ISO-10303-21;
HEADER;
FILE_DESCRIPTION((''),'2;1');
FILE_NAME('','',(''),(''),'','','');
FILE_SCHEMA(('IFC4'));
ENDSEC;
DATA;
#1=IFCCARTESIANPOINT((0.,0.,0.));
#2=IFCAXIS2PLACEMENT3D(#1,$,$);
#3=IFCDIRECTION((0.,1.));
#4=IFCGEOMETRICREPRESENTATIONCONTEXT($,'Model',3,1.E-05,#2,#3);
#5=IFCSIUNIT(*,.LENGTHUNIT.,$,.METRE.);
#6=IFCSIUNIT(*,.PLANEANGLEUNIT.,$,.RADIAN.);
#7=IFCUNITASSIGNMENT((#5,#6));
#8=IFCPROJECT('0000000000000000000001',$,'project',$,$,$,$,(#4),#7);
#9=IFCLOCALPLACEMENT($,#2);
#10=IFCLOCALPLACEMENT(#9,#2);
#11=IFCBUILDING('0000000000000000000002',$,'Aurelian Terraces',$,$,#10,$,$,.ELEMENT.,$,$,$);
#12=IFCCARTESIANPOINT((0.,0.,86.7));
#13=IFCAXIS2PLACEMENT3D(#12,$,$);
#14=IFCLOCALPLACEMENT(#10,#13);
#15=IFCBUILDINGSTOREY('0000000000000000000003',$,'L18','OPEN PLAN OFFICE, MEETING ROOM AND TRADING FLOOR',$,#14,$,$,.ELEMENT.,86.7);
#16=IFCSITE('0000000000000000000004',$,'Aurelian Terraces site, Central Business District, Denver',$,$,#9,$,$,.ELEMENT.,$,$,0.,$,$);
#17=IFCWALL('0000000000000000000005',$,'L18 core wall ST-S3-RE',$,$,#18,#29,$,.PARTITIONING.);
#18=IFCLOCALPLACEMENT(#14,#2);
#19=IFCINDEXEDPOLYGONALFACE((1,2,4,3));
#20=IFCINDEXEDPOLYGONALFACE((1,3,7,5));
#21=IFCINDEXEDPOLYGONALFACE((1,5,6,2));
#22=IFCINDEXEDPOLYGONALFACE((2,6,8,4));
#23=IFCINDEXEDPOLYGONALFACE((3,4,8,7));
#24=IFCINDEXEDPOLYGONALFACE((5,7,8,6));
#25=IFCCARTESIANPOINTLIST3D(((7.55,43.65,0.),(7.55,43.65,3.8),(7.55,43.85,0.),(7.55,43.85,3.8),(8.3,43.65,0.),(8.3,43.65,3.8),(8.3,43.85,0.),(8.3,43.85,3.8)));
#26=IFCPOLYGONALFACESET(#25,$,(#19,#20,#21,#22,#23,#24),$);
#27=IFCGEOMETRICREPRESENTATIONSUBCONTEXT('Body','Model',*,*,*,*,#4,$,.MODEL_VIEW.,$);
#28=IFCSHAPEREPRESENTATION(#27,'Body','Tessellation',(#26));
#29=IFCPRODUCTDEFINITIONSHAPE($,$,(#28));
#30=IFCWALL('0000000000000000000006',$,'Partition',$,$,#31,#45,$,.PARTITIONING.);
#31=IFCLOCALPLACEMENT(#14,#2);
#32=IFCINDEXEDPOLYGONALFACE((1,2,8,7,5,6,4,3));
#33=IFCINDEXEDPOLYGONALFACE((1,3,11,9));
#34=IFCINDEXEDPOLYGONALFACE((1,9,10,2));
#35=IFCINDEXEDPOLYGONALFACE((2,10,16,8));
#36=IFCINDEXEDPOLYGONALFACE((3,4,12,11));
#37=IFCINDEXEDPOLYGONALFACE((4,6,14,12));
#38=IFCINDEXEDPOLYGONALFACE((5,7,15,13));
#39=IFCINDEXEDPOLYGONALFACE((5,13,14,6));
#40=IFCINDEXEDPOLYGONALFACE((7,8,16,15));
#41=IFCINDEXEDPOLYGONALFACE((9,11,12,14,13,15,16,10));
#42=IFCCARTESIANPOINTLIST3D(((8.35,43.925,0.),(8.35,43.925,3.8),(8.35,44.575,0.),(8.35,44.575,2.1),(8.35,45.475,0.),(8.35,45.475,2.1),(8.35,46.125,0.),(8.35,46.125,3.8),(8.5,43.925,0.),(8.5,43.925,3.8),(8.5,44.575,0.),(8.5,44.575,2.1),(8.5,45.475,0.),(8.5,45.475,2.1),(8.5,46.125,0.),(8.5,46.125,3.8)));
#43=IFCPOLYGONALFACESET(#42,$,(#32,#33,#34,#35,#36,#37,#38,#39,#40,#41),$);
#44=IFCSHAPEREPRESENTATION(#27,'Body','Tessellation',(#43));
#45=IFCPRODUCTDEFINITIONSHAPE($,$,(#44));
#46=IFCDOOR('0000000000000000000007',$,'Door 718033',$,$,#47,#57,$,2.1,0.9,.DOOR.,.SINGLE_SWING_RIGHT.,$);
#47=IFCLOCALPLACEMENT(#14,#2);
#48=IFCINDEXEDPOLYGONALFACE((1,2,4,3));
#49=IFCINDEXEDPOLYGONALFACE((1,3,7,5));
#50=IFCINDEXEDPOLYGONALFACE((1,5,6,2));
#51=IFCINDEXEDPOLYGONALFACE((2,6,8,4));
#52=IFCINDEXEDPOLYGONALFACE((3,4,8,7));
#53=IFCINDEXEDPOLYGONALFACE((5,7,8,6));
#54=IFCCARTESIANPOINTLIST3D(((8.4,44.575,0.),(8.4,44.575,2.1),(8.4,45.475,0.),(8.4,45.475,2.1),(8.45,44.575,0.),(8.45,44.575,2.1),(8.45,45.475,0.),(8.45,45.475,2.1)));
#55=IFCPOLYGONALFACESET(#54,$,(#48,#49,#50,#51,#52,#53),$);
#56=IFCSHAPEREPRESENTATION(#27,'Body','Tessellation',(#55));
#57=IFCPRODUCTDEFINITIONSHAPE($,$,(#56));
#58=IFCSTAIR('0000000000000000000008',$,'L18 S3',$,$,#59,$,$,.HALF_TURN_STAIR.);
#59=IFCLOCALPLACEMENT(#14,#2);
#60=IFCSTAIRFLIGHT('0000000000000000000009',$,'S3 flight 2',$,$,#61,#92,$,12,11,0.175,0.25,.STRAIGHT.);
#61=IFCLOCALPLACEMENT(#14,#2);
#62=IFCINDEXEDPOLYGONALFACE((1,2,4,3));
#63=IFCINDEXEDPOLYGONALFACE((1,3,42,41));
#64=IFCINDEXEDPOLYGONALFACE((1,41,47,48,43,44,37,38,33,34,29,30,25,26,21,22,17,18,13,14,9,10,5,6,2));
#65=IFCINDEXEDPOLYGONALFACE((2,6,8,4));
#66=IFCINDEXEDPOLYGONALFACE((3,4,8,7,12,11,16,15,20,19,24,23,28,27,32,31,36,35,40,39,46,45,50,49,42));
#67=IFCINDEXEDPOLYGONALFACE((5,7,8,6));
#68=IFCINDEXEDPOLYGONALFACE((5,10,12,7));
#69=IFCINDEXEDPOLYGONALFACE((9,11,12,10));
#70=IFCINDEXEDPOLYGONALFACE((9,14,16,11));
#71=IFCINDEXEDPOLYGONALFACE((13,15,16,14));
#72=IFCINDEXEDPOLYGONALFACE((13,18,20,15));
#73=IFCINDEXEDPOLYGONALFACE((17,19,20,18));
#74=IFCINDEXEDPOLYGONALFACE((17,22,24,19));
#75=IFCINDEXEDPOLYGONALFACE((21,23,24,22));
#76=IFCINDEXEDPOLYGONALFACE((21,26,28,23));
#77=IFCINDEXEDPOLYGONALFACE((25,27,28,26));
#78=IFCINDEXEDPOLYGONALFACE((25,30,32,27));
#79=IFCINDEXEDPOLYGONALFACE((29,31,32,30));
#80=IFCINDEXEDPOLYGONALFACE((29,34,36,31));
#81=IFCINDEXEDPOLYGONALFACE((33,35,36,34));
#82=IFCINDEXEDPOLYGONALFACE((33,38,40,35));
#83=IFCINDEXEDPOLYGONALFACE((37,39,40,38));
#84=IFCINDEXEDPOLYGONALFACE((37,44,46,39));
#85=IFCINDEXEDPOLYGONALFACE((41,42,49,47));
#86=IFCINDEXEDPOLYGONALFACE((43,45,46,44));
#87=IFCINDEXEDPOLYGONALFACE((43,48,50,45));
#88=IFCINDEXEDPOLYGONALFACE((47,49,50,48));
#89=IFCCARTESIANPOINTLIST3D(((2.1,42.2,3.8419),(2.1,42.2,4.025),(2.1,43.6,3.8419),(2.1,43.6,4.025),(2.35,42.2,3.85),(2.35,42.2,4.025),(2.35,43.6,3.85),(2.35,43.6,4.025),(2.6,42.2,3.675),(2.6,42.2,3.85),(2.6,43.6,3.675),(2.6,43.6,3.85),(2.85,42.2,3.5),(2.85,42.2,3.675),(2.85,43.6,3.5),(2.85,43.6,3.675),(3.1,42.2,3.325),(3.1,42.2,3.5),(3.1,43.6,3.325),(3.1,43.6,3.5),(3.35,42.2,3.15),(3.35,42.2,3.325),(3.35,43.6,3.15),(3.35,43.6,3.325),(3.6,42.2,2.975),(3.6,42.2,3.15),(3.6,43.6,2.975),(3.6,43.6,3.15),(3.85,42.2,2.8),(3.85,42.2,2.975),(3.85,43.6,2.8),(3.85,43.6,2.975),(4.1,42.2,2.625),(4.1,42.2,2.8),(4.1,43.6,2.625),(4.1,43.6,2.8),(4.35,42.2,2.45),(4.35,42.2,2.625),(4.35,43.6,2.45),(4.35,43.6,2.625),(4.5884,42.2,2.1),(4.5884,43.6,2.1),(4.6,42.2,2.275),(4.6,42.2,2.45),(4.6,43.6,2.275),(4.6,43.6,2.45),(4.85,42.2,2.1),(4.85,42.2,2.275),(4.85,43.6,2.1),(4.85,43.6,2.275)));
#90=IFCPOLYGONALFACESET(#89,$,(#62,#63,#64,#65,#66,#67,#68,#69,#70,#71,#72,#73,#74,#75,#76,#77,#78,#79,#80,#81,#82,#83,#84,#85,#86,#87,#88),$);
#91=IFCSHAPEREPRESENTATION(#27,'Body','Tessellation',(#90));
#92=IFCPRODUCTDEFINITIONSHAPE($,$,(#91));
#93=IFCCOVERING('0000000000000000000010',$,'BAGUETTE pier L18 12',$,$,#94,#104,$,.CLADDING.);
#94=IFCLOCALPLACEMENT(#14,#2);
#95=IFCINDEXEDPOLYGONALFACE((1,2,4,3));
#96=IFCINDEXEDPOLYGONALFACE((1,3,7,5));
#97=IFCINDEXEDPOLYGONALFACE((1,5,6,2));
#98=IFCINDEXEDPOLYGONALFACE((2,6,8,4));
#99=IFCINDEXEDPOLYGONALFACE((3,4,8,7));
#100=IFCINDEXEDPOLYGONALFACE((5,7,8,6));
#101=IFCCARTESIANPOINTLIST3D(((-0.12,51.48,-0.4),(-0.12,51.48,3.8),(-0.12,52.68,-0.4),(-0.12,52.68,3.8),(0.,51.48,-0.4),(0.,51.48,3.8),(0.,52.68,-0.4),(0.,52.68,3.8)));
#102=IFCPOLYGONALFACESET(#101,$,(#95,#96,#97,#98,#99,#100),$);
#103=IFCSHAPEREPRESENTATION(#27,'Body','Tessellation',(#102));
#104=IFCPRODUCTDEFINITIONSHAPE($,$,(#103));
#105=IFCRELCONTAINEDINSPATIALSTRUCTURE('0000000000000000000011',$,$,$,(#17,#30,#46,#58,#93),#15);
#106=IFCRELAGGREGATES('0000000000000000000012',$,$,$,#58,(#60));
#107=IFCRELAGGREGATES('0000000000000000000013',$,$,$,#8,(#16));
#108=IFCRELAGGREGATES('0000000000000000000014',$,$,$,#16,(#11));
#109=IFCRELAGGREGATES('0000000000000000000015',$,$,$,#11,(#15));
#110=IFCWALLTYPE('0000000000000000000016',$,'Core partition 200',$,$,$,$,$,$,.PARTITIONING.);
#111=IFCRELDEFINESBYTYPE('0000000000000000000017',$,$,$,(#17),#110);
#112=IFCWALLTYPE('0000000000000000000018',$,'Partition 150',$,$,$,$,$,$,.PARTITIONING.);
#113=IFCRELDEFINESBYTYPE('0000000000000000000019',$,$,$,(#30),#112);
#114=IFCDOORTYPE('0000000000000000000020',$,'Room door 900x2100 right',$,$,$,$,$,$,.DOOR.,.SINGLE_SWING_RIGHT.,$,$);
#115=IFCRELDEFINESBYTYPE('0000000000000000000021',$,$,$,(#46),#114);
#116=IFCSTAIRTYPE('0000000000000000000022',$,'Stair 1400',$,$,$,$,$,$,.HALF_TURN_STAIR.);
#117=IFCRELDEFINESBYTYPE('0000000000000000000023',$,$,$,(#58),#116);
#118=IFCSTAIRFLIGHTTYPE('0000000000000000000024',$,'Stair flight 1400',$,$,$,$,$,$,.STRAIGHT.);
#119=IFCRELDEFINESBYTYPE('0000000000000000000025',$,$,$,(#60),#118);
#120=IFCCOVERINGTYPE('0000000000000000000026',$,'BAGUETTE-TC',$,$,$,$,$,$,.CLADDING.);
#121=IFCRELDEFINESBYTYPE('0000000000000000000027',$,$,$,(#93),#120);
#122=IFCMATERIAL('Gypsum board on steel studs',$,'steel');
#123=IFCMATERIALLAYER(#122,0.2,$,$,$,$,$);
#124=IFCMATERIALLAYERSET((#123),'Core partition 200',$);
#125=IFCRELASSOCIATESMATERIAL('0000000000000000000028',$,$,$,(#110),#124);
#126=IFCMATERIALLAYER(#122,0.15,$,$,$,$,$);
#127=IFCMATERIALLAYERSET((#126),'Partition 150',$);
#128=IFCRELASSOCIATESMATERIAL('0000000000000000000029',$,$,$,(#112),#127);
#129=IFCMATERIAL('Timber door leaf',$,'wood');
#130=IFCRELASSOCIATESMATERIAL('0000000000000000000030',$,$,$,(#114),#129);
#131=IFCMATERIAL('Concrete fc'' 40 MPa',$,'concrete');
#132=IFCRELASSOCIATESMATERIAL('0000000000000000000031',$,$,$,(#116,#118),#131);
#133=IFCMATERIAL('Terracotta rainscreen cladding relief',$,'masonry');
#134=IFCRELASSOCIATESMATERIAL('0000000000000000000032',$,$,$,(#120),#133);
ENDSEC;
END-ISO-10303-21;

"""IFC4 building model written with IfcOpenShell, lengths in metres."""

from ifc_helpers import new_model, si_unit, direction, frame, frame_2d, origin, origin_2d, place, context, subcontext, project, spatial, polyline, rectangle, outline, extrude, source, transform, mapped, material, layer, layer_set, type_object, element, fill, aggregate, save


model = new_model("IFC4")

# Units and contexts
model_context = context("Model", 3, precision=1e-05, world=origin(), true_north=direction((0.0, 1.0)))
body_context = subcontext(model_context, "Body", "Model", "MODEL_VIEW")
ifc_project = project(units=[si_unit("LENGTHUNIT", "METRE"), si_unit("PLANEANGLEUNIT", "RADIAN")], contexts=[model_context])

# Site, building, storey
site_placement = place(None, origin())
site = spatial("IfcSite", under=ifc_project, at=site_placement, Name="Aurelian Terraces site, Central Business District, Denver", CompositionType="ELEMENT", RefElevation=0.0)
building_placement = place(site_placement, origin())
building = spatial("IfcBuilding", under=site, at=building_placement, Name="Aurelian Terraces", CompositionType="ELEMENT")
storey_placement = place(building_placement, frame((0.0, 0.0, 86.7)))
storey = spatial("IfcBuildingStorey", under=building, at=storey_placement, Name="L18", Description="OPEN PLAN OFFICE, MEETING ROOM AND TRADING FLOOR", CompositionType="ELEMENT", Elevation=86.7)

# Shared definitions
ifc_material_1 = material(Name="Timber door leaf", Category="wood")

# Shared definitions
ifc_material_2 = material(Name="Concrete fc' 40 MPa", Category="concrete")

# Wall
ifc_material_3 = material(Name="Gypsum board on steel studs", Category="steel")
ifc_layer_1 = layer(ifc_material_3, 0.2)
ifc_layer_set_1 = layer_set([ifc_layer_1], Name="Core partition 200")
wall_type_1 = type_object("IfcWallType", Name="Core partition 200", PredefinedType="PARTITIONING", material=ifc_layer_set_1)
shared_shape_1 = source(origin(), body_context, "Body", "SweptSolid", [
    extrude(rectangle(XDim=0.75, YDim=0.2, at=frame_2d((0.375, 0.0))), origin(), (0.0, 0.0, 1.0), 3.8),
])
wall_1_placement = place(storey_placement, frame((7.55, 43.75, 0.0), z_axis=(0.0, 0.0, 1.0), x_axis=(1.0, 0.0, 0.0)))
element("IfcWall", 1, at=wall_1_placement, inside=storey, type_object=wall_type_1, Name="L18 core wall ST-S3-RE", PredefinedType="PARTITIONING", context=body_context, shape_type="MappedRepresentation", body=[
    mapped(shared_shape_1, transform((0.0, 0.0, 0.0), scale=1.0)),
])

# Wall, opening, door
ifc_layer_2 = layer(ifc_material_3, 0.15)
ifc_layer_set_2 = layer_set([ifc_layer_2], Name="Partition 150")
wall_type_2 = type_object("IfcWallType", Name="Partition 150", PredefinedType="PARTITIONING", material=ifc_layer_set_2)
shared_shape_2 = source(origin(), body_context, "Body", "SweptSolid", [
    extrude(rectangle(XDim=2.2, YDim=0.15, at=frame_2d((1.1, 0.0))), origin(), (0.0, 0.0, 1.0), 3.8),
])
wall_2_placement = place(storey_placement, frame((8.425, 43.925, 0.0), z_axis=(0.0, 0.0, 1.0), x_axis=(0.0, 1.0, 0.0)))
wall_2 = element("IfcWall", 2, at=wall_2_placement, inside=storey, type_object=wall_type_2, Name="Partition", PredefinedType="PARTITIONING", context=body_context, shape_type="MappedRepresentation", body=[
    mapped(shared_shape_2, transform((0.0, 0.0, 0.0), scale=1.0)),
])
shared_shape_3 = source(origin(), body_context, "Body", "SweptSolid", [
    extrude(rectangle(XDim=0.9, YDim=2.1, at=frame_2d((0.45, 1.05))), frame((0.0, 0.085, 0.0), z_axis=(0.0, -1.0, 0.0), x_axis=(1.0, 0.0, 0.0)), (0.0, 0.0, 1.0), 0.17),
])
opening_1_placement = place(wall_2_placement, frame((0.65, 0.0, 0.0)))
opening_1 = element("IfcOpeningElement", 3, at=opening_1_placement, cuts=wall_2, PredefinedType="OPENING", context=body_context, shape_type="MappedRepresentation", body=[
    mapped(shared_shape_3, transform((0.0, 0.0, 0.0), scale=1.0)),
])
door_type_1 = type_object("IfcDoorType", Name="Room door 900x2100 right", OperationType="SINGLE_SWING_RIGHT", PredefinedType="DOOR", material=ifc_material_1)
shared_shape_4 = source(origin(), body_context, "Body", "SweptSolid", [
    extrude(rectangle(XDim=0.9, YDim=2.1, at=frame_2d((0.45, 1.05))), frame((0.0, 0.025, 0.0), z_axis=(0.0, -1.0, 0.0), x_axis=(1.0, 0.0, 0.0)), (0.0, 0.0, 1.0), 0.05),
])
door_1_placement = place(opening_1_placement, origin())
door_1 = element("IfcDoor", 4, at=door_1_placement, inside=storey, type_object=door_type_1, Name="Door 718033", OperationType="SINGLE_SWING_RIGHT", OverallHeight=2.1, OverallWidth=0.9, PredefinedType="DOOR", context=body_context, shape_type="MappedRepresentation", body=[
    mapped(shared_shape_4, transform((0.0, 0.0, 0.0), scale=1.0)),
])
fill(opening_1, door_1)

# Stair, stair flight
stair_type = type_object("IfcStairType", Name="Stair 1400", PredefinedType="HALF_TURN_STAIR", material=ifc_material_2)
stair_placement = place(storey_placement, origin())
stair = element("IfcStair", 5, at=stair_placement, inside=storey, type_object=stair_type, Name="L18 S3", PredefinedType="HALF_TURN_STAIR")
stair_flight_type = type_object("IfcStairFlightType", Name="Stair flight 1400", PredefinedType="STRAIGHT", material=ifc_material_2)
shared_shape_5 = source(origin(), body_context, "Body", "SweptSolid", [
    extrude(outline(polyline([(0.0, 0.0), (0.0, 0.175), (0.25, 0.175), (0.25, 0.35), (0.5, 0.35), (0.5, 0.525), (0.75, 0.525), (0.75, 0.7), (1.0, 0.7), (1.0, 0.875), (1.25, 0.875), (1.25, 1.05), (1.5, 1.05), (1.5, 1.225), (1.75, 1.225), (1.75, 1.4), (2.0, 1.4), (2.0, 1.575), (2.25, 1.575), (2.25, 1.75), (2.5, 1.75), (2.5, 1.925), (2.75, 1.925), (2.75, 2.1), (2.75, 1.7419), (0.2616, 0.0), (0.0, 0.0)])), frame((0.0, 0.7, 0.0), z_axis=(0.0, -1.0, 0.0), x_axis=(1.0, 0.0, 0.0)), (0.0, 0.0, 1.0), 1.4),
])
stair_flight_placement = place(storey_placement, frame((4.85, 42.9, 2.1), z_axis=(0.0, 0.0, 1.0), x_axis=(-1.0, 0.0, 0.0)))
stair_flight = element("IfcStairFlight", 6, at=stair_flight_placement, type_object=stair_flight_type, Name="S3 flight 2", NumberOfRisers=12, NumberOfTreads=11, PredefinedType="STRAIGHT", RiserHeight=0.175, TreadLength=0.25, context=body_context, shape_type="MappedRepresentation", body=[
    mapped(shared_shape_5, transform((0.0, 0.0, 0.0), scale=1.0)),
])
aggregate(stair, [stair_flight])

# Covering
ifc_material_4 = material(Name="Terracotta rainscreen cladding relief", Category="masonry")
covering_type = type_object("IfcCoveringType", Name="BAGUETTE-TC", PredefinedType="CLADDING", material=ifc_material_4)
shared_shape_6 = source(origin(), body_context, "Body", "SweptSolid", [
    extrude(rectangle(XDim=0.12, YDim=1.2, at=origin_2d()), origin(), (0.0, 0.0, 1.0), 4.2),
])
covering_placement = place(storey_placement, frame((-0.06, 52.08, -0.4), z_axis=(0.0, 0.0, 1.0), x_axis=(1.0, 0.0, 0.0)))
element("IfcCovering", 7, at=covering_placement, inside=storey, type_object=covering_type, Name="BAGUETTE pier L18 12", PredefinedType="CLADDING", context=body_context, shape_type="MappedRepresentation", body=[
    mapped(shared_shape_6, transform((0.0, 0.0, 0.0), scale=1.0)),
])

save(model, "model.ifc")
